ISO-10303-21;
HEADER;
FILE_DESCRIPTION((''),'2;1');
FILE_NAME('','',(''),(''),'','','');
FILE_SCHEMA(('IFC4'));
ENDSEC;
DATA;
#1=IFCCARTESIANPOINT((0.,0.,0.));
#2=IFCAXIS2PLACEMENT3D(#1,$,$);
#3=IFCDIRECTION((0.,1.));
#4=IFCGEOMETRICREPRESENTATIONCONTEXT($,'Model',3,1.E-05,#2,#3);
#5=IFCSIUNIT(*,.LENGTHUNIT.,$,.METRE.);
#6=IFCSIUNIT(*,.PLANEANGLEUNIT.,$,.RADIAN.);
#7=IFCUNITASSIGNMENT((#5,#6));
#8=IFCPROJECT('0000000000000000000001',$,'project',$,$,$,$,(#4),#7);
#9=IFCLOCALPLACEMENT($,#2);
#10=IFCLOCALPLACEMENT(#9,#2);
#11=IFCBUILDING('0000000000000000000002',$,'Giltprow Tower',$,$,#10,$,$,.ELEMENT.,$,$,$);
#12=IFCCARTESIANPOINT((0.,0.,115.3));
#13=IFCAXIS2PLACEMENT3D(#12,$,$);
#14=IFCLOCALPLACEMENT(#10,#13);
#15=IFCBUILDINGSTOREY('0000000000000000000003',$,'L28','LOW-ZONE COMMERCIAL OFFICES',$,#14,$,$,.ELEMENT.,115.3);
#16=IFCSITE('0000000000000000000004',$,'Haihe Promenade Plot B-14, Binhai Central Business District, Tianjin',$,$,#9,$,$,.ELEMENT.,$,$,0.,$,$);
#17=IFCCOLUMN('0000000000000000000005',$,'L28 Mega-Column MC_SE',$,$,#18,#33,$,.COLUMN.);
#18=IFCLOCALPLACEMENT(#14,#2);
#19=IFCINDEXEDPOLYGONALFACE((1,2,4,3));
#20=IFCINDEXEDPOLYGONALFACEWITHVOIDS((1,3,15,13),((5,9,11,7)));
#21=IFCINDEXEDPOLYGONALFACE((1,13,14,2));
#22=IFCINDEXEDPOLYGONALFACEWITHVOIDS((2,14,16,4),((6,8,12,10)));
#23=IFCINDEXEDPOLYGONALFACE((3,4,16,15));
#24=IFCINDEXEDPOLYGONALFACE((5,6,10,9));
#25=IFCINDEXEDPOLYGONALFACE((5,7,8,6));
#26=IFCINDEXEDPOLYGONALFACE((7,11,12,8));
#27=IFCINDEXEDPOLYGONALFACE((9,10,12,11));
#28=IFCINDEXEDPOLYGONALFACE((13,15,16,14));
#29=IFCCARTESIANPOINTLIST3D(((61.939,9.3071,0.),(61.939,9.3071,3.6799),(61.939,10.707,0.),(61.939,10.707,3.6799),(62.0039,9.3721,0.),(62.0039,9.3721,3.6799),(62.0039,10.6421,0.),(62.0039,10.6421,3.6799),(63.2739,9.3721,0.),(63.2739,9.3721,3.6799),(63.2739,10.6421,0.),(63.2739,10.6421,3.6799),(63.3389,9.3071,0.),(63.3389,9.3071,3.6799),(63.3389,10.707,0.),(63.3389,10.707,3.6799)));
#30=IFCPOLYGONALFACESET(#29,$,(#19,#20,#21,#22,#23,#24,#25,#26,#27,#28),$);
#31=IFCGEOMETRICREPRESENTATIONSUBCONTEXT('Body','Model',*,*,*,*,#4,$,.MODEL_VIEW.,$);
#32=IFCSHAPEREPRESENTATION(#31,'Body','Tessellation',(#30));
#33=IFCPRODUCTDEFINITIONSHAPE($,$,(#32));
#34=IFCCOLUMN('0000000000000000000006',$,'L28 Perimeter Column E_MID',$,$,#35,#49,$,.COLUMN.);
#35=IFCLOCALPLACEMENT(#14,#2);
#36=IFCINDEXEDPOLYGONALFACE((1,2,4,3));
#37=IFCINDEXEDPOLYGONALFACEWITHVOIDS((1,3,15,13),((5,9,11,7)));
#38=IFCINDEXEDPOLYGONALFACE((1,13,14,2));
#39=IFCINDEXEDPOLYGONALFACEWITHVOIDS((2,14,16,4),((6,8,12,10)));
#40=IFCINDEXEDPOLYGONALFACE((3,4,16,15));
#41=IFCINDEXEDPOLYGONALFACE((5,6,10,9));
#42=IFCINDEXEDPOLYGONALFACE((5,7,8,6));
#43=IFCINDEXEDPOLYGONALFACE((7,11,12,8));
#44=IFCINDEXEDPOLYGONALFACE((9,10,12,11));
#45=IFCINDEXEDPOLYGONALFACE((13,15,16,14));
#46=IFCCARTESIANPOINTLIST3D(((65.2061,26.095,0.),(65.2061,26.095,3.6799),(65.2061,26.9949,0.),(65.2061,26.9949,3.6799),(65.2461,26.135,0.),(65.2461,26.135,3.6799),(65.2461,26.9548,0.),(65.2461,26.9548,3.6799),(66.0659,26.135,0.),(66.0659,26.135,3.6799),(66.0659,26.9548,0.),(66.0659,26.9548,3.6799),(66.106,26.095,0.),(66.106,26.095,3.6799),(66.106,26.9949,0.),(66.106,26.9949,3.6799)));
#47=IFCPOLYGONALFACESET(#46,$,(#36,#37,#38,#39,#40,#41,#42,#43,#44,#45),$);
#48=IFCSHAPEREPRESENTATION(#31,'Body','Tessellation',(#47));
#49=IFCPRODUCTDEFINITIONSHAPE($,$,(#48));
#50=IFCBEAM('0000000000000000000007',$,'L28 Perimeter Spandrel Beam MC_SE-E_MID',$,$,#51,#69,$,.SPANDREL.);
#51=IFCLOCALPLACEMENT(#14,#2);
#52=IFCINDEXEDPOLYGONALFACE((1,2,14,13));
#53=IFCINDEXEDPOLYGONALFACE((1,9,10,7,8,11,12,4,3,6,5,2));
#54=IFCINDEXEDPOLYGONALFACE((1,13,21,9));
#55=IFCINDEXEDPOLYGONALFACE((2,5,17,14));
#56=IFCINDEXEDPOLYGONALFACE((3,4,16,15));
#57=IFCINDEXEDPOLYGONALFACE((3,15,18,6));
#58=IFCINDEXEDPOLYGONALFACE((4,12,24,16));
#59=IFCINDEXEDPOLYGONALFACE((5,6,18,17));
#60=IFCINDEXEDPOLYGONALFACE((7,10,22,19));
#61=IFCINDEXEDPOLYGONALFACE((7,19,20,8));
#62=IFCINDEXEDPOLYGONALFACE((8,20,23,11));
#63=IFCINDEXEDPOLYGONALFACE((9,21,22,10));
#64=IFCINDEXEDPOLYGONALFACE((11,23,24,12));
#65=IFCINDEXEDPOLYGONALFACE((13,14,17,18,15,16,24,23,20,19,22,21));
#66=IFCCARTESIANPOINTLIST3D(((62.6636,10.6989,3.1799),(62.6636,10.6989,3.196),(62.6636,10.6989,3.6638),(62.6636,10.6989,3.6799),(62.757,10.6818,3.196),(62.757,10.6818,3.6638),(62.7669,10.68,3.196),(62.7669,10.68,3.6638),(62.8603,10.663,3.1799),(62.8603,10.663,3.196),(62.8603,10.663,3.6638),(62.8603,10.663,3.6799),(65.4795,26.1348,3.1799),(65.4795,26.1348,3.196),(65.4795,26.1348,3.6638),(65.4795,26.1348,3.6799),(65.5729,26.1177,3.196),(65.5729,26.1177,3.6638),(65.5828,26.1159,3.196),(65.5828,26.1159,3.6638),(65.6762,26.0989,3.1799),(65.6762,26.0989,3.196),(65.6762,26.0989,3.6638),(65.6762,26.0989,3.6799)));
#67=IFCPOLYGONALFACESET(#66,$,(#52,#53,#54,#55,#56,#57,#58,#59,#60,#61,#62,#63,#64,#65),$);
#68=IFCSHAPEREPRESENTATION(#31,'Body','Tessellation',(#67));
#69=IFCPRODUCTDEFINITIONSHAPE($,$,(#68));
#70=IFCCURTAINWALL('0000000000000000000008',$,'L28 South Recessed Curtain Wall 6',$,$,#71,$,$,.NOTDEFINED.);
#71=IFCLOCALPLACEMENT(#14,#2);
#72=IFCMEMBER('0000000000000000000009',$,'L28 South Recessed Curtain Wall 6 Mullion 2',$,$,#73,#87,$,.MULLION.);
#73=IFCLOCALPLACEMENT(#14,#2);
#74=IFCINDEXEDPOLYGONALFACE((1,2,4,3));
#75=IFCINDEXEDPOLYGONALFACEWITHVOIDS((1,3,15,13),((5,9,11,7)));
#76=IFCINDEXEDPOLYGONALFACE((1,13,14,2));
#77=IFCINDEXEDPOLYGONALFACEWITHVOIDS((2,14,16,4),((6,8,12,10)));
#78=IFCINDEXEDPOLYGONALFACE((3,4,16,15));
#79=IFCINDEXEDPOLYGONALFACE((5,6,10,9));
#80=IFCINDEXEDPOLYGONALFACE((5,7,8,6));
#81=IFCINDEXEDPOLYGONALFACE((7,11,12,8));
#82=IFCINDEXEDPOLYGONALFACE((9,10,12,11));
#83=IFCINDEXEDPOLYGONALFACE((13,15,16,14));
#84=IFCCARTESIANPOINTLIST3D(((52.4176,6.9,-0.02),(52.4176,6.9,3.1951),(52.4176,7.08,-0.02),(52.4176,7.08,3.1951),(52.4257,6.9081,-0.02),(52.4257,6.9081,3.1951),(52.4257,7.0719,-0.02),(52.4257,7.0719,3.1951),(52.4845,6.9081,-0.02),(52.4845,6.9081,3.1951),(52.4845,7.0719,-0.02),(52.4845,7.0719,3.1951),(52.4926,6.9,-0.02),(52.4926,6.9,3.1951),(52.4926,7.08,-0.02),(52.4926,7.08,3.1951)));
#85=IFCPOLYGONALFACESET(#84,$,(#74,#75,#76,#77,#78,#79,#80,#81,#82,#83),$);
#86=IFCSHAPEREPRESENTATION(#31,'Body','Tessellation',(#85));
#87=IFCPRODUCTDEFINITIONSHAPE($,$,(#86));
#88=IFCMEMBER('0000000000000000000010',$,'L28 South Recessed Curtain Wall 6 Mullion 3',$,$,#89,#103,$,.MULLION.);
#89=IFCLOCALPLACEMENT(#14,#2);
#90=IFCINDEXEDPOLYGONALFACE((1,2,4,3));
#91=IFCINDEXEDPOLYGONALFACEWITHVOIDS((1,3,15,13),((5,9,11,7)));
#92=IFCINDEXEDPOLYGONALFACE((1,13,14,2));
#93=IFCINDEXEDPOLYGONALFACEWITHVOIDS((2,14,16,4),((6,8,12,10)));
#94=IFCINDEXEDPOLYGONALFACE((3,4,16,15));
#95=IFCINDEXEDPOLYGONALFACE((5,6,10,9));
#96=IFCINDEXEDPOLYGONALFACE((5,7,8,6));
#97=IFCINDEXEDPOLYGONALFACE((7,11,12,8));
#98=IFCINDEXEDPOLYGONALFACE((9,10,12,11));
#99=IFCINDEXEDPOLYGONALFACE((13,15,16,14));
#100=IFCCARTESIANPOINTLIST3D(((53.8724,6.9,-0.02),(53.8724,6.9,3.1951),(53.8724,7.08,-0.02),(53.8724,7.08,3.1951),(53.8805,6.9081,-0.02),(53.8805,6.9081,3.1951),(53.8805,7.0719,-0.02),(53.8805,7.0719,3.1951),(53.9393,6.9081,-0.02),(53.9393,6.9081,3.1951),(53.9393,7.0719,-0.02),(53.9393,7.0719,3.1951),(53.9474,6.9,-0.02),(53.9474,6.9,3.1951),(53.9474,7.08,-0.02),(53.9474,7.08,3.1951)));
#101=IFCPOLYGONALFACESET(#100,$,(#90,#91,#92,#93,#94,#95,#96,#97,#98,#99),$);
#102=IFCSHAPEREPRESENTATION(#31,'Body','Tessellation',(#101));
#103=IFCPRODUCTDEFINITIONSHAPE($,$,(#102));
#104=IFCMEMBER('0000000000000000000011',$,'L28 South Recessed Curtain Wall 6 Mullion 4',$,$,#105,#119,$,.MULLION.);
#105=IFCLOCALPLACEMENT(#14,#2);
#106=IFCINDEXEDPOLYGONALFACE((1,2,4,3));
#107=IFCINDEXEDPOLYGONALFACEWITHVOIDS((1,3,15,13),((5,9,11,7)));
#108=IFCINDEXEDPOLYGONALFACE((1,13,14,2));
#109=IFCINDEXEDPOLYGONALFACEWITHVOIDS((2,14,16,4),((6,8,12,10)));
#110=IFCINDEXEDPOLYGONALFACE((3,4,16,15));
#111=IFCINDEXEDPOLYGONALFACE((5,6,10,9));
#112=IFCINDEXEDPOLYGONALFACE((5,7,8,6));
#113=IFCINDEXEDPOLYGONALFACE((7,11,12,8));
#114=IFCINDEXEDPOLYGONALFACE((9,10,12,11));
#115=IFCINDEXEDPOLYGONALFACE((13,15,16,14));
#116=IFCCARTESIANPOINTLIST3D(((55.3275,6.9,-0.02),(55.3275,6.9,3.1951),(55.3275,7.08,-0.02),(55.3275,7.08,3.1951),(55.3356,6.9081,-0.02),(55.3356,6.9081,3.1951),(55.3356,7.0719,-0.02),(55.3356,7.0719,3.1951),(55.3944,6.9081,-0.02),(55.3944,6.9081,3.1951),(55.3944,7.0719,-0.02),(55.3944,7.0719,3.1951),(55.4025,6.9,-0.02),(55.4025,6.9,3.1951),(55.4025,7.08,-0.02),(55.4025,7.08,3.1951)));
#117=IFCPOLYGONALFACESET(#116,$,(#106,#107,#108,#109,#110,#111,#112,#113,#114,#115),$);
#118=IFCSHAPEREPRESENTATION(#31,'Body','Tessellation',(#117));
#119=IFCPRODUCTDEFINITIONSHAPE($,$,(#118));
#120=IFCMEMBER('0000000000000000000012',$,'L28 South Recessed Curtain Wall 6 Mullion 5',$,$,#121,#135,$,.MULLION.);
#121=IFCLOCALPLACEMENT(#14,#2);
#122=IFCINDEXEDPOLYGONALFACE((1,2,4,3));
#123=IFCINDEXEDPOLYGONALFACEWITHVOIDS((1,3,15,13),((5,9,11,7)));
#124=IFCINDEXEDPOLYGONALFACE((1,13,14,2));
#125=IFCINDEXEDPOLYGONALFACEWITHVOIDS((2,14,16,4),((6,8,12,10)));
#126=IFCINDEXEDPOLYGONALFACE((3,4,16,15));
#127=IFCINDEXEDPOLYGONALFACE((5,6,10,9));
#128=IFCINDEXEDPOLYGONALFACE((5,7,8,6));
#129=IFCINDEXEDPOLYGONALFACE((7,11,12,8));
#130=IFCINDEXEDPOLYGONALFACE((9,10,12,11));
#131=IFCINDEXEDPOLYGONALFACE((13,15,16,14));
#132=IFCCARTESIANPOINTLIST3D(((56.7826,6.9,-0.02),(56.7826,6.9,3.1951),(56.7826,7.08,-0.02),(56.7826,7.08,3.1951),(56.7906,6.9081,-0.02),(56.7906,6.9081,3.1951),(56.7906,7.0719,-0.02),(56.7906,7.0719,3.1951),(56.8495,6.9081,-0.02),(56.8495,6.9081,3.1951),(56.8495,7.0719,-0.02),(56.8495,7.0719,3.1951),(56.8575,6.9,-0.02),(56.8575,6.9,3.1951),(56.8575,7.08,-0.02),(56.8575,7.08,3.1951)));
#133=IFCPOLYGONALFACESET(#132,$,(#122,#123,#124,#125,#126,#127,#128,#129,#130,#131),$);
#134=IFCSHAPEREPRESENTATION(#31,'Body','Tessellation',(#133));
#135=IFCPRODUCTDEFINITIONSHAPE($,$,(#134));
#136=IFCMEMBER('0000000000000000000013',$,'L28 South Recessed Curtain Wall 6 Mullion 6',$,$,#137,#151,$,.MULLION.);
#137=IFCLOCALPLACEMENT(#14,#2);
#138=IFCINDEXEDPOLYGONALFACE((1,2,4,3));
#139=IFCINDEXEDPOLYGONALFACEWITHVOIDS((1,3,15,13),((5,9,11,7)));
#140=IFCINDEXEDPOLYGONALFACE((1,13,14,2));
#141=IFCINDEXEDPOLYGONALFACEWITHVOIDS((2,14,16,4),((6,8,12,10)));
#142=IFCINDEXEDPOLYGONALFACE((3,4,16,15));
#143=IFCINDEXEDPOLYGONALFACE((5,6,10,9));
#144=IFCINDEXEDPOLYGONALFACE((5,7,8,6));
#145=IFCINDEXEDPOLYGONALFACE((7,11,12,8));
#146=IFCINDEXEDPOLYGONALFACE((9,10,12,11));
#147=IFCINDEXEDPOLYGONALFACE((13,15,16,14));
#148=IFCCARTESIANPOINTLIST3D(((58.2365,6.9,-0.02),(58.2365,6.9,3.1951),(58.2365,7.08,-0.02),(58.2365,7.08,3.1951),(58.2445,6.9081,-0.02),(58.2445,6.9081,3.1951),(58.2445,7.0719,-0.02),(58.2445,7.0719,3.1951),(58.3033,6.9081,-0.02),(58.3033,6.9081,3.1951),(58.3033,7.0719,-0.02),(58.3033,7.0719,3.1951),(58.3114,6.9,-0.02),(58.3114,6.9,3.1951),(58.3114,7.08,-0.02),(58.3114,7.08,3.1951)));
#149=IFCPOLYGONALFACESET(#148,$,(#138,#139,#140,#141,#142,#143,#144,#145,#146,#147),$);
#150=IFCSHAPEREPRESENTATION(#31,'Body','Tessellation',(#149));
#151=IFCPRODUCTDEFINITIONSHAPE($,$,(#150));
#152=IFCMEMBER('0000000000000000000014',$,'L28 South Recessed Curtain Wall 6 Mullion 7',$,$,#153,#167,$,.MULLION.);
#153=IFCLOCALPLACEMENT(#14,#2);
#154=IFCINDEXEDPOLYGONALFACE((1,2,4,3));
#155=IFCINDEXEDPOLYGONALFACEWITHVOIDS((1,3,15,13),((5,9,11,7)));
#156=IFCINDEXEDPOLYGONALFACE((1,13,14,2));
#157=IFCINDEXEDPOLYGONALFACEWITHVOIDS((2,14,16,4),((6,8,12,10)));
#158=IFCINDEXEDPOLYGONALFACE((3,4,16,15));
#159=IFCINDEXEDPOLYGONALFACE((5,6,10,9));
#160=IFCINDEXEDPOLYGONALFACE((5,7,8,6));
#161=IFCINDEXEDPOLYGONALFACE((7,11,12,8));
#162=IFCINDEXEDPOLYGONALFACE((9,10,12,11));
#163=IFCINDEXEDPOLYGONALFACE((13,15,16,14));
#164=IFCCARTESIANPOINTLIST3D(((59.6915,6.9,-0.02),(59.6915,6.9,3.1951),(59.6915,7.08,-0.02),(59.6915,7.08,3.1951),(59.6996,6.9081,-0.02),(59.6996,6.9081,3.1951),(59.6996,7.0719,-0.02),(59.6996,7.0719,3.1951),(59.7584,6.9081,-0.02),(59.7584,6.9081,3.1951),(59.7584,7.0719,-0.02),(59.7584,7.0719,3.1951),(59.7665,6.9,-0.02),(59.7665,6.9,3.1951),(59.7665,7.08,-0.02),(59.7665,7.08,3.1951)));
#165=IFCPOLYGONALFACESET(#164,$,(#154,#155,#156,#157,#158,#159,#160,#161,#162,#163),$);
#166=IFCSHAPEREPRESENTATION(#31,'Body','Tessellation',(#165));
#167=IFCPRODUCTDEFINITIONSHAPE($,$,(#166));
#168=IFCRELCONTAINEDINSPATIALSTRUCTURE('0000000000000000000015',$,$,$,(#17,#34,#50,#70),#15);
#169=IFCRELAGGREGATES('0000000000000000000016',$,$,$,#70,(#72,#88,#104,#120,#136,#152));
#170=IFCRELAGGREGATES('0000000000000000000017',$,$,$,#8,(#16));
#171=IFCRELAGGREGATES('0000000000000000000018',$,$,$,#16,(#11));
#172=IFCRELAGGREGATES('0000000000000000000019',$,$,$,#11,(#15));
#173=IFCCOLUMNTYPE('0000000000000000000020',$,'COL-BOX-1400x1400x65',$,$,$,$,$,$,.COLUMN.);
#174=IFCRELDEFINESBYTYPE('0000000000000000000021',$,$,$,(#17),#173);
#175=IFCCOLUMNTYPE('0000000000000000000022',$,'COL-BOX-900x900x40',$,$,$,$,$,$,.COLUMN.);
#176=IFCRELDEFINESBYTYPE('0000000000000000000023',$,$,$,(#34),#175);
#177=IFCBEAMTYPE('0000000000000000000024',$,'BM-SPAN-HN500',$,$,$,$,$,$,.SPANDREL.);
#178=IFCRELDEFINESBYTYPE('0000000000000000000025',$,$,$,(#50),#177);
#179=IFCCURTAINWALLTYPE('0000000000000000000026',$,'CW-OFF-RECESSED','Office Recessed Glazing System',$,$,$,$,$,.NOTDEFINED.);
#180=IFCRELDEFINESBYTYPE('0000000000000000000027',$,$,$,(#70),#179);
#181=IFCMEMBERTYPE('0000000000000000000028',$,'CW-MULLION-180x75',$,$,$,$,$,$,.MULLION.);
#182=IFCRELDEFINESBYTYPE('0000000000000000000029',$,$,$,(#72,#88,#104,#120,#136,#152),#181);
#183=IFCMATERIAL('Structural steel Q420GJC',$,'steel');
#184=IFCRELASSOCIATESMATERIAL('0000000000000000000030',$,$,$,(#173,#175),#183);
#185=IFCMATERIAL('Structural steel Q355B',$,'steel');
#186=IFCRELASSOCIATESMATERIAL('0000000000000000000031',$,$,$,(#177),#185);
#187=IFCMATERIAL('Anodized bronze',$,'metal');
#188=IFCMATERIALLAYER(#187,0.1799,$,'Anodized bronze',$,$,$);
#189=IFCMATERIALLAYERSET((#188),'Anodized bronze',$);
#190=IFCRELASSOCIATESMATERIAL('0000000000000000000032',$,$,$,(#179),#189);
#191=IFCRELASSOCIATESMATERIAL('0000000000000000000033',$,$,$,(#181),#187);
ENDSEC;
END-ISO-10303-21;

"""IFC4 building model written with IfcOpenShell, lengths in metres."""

from ifc_helpers import new_model, si_unit, direction, frame, origin, origin_2d, place, context, subcontext, project, spatial, hollow_rectangle, i_section, extrude, source, transform, mapped, material, layer, layer_set, material_profile, profile_set, type_object, element, aggregate, save


model = new_model("IFC4")

# Units and contexts
model_context = context("Model", 3, precision=1e-05, world=origin(), true_north=direction((0.0, 1.0)))
body_context = subcontext(model_context, "Body", "Model", "MODEL_VIEW")
ifc_project = project(units=[si_unit("LENGTHUNIT", "METRE"), si_unit("PLANEANGLEUNIT", "RADIAN")], contexts=[model_context])

# Site, building, storey
site_placement = place(None, origin())
site = spatial("IfcSite", under=ifc_project, at=site_placement, Name="Haihe Promenade Plot B-14, Binhai Central Business District, Tianjin", CompositionType="ELEMENT", RefElevation=0.0)
building_placement = place(site_placement, origin())
building = spatial("IfcBuilding", under=site, at=building_placement, Name="Giltprow Tower", CompositionType="ELEMENT")
storey_placement = place(building_placement, frame((0.0, 0.0, 115.3)))
storey = spatial("IfcBuildingStorey", under=building, at=storey_placement, Name="L28", Description="LOW-ZONE COMMERCIAL OFFICES", CompositionType="ELEMENT", Elevation=115.3)

# Columns
ifc_material_1 = material(Name="Structural steel Q420GJC", Category="steel")
ifc_material_profile_1 = material_profile(ifc_material_1, hollow_rectangle(XDim=1.3999, YDim=1.3999, WallThickness=0.0649, at=origin_2d()), Name="BOX 1400x1400x65")
ifc_profile_set_1 = profile_set([ifc_material_profile_1], Name="Structural steel Q420GJC")
column_type_1 = type_object("IfcColumnType", Name="COL-BOX-1400x1400x65", PredefinedType="COLUMN", material=ifc_profile_set_1)
shared_shape_1 = source(origin(), body_context, "Body", "SweptSolid", [
    extrude(hollow_rectangle(XDim=1.3999, YDim=1.3999, WallThickness=0.0649, at=origin_2d()), origin(), (0.0, 0.0, 1.0), 3.6799),
])
column_1_placement = place(storey_placement, frame((62.6389, 10.0071, 0.0), z_axis=(0.0, 0.0, 1.0), x_axis=(1.0, 0.0, 0.0)))
element("IfcColumn", 1, at=column_1_placement, inside=storey, type_object=column_type_1, Name="L28 Mega-Column MC_SE", PredefinedType="COLUMN", context=body_context, shape_type="MappedRepresentation", body=[
    mapped(shared_shape_1, transform((0.0, 0.0, 0.0), x_axis=(1.0, 0.0, 0.0), y_axis=(0.0, 1.0, 0.0), z_axis=(0.0, 0.0, 1.0), scale=1.0)),
])
ifc_material_profile_2 = material_profile(ifc_material_1, hollow_rectangle(XDim=0.8999, YDim=0.8999, WallThickness=0.04, at=origin_2d()), Name="BOX 900x900x40")
ifc_profile_set_2 = profile_set([ifc_material_profile_2], Name="Structural steel Q420GJC")
column_type_2 = type_object("IfcColumnType", Name="COL-BOX-900x900x40", PredefinedType="COLUMN", material=ifc_profile_set_2)
shared_shape_2 = source(origin(), body_context, "Body", "SweptSolid", [
    extrude(hollow_rectangle(XDim=0.8999, YDim=0.8999, WallThickness=0.04, at=origin_2d()), origin(), (0.0, 0.0, 1.0), 3.6799),
])
column_2_placement = place(storey_placement, frame((65.656, 26.5449, 0.0), z_axis=(0.0, 0.0, 1.0), x_axis=(1.0, 0.0, 0.0)))
element("IfcColumn", 2, at=column_2_placement, inside=storey, type_object=column_type_2, Name="L28 Perimeter Column E_MID", PredefinedType="COLUMN", context=body_context, shape_type="MappedRepresentation", body=[
    mapped(shared_shape_2, transform((0.0, 0.0, 0.0), x_axis=(1.0, 0.0, 0.0), y_axis=(0.0, 1.0, 0.0), z_axis=(0.0, 0.0, 1.0), scale=1.0)),
])

# Beam
ifc_material_2 = material(Name="Structural steel Q355B", Category="steel")
ifc_material_profile_3 = material_profile(ifc_material_2, i_section(OverallWidth=0.2, OverallDepth=0.5, WebThickness=0.01, FlangeThickness=0.0161, at=origin_2d()), Name="HN 500x200x10x16")
ifc_profile_set_3 = profile_set([ifc_material_profile_3], Name="Structural steel Q355B")
beam_type = type_object("IfcBeamType", Name="BM-SPAN-HN500", PredefinedType="SPANDREL", material=ifc_profile_set_3)
shared_shape_3 = source(origin(), body_context, "Body", "SweptSolid", [
    extrude(i_section(OverallWidth=0.2, OverallDepth=0.5, WebThickness=0.01, FlangeThickness=0.0161, at=origin_2d()), origin(), (0.0, 0.0, 1.0), 15.6907),
])
beam_placement = place(storey_placement, frame((62.762, 10.6809, 3.4299), z_axis=(0.179463, 0.983765, 0.0), x_axis=(-0.983765, 0.179463, 0.0)))
element("IfcBeam", 3, at=beam_placement, inside=storey, type_object=beam_type, Name="L28 Perimeter Spandrel Beam MC_SE-E_MID", PredefinedType="SPANDREL", context=body_context, shape_type="MappedRepresentation", body=[
    mapped(shared_shape_3, transform((0.0, 0.0, 0.0), x_axis=(1.0, 0.0, 0.0), y_axis=(0.0, 1.0, 0.0), z_axis=(0.0, 0.0, 1.0), scale=1.0)),
])

# Curtain wall, members
ifc_material_3 = material(Name="Anodized bronze", Category="metal")
ifc_layer_1 = layer(ifc_material_3, 0.1799, Name="Anodized bronze")
ifc_layer_set_1 = layer_set([ifc_layer_1], Name="Anodized bronze")
curtain_wall_type = type_object("IfcCurtainWallType", Name="CW-OFF-RECESSED", Description="Office Recessed Glazing System", PredefinedType="NOTDEFINED", material=ifc_layer_set_1)
curtain_wall_placement = place(storey_placement, origin())
curtain_wall = element("IfcCurtainWall", 4, at=curtain_wall_placement, inside=storey, type_object=curtain_wall_type, Name="L28 South Recessed Curtain Wall 6", PredefinedType="NOTDEFINED")
ifc_material_profile_4 = material_profile(ifc_material_3, hollow_rectangle(XDim=0.075, YDim=0.1799, WallThickness=0.0081, at=origin_2d()), Name="RHS 180x75x8")
ifc_profile_set_4 = profile_set([ifc_material_profile_4], Name="Anodized bronze")
member_type = type_object("IfcMemberType", Name="CW-MULLION-180x75", PredefinedType="MULLION", material=ifc_profile_set_4)
shared_shape_4 = source(origin(), body_context, "Body", "SweptSolid", [
    extrude(hollow_rectangle(XDim=0.075, YDim=0.1799, WallThickness=0.0081, at=origin_2d()), origin(), (0.0, 0.0, 1.0), 3.2151),
])
member_1_placement = place(storey_placement, frame((52.4551, 6.99, -0.02), z_axis=(0.0, 0.0, 1.0), x_axis=(1.0, 0.0, 0.0)))
member_1 = element("IfcMember", 5, at=member_1_placement, type_object=member_type, Name="L28 South Recessed Curtain Wall 6 Mullion 2", PredefinedType="MULLION", context=body_context, shape_type="MappedRepresentation", body=[
    mapped(shared_shape_4, transform((0.0, 0.0, 0.0), x_axis=(1.0, 0.0, 0.0), y_axis=(0.0, 1.0, 0.0), z_axis=(0.0, 0.0, 1.0), scale=1.0)),
])
member_2_placement = place(storey_placement, frame((53.9099, 6.99, -0.02), z_axis=(0.0, 0.0, 1.0), x_axis=(1.0, 0.0, 0.0)))
member_2 = element("IfcMember", 6, at=member_2_placement, type_object=member_type, Name="L28 South Recessed Curtain Wall 6 Mullion 3", PredefinedType="MULLION", context=body_context, shape_type="MappedRepresentation", body=[
    mapped(shared_shape_4, transform((0.0, 0.0, 0.0), x_axis=(1.0, 0.0, 0.0), y_axis=(0.0, 1.0, 0.0), z_axis=(0.0, 0.0, 1.0), scale=1.0)),
])
member_3_placement = place(storey_placement, frame((55.365, 6.99, -0.02), z_axis=(0.0, 0.0, 1.0), x_axis=(1.0, 0.0, 0.0)))
member_3 = element("IfcMember", 7, at=member_3_placement, type_object=member_type, Name="L28 South Recessed Curtain Wall 6 Mullion 4", PredefinedType="MULLION", context=body_context, shape_type="MappedRepresentation", body=[
    mapped(shared_shape_4, transform((0.0, 0.0, 0.0), x_axis=(1.0, 0.0, 0.0), y_axis=(0.0, 1.0, 0.0), z_axis=(0.0, 0.0, 1.0), scale=1.0)),
])
member_4_placement = place(storey_placement, frame((56.8201, 6.99, -0.02), z_axis=(0.0, 0.0, 1.0), x_axis=(1.0, 0.0, 0.0)))
member_4 = element("IfcMember", 8, at=member_4_placement, type_object=member_type, Name="L28 South Recessed Curtain Wall 6 Mullion 5", PredefinedType="MULLION", context=body_context, shape_type="MappedRepresentation", body=[
    mapped(shared_shape_4, transform((0.0, 0.0, 0.0), x_axis=(1.0, 0.0, 0.0), y_axis=(0.0, 1.0, 0.0), z_axis=(0.0, 0.0, 1.0), scale=1.0)),
])
member_5_placement = place(storey_placement, frame((58.2739, 6.99, -0.02), z_axis=(0.0, 0.0, 1.0), x_axis=(1.0, 0.0, 0.0)))
member_5 = element("IfcMember", 9, at=member_5_placement, type_object=member_type, Name="L28 South Recessed Curtain Wall 6 Mullion 6", PredefinedType="MULLION", context=body_context, shape_type="MappedRepresentation", body=[
    mapped(shared_shape_4, transform((0.0, 0.0, 0.0), x_axis=(1.0, 0.0, 0.0), y_axis=(0.0, 1.0, 0.0), z_axis=(0.0, 0.0, 1.0), scale=1.0)),
])
member_6_placement = place(storey_placement, frame((59.729, 6.99, -0.02), z_axis=(0.0, 0.0, 1.0), x_axis=(1.0, 0.0, 0.0)))
member_6 = element("IfcMember", 10, at=member_6_placement, type_object=member_type, Name="L28 South Recessed Curtain Wall 6 Mullion 7", PredefinedType="MULLION", context=body_context, shape_type="MappedRepresentation", body=[
    mapped(shared_shape_4, transform((0.0, 0.0, 0.0), x_axis=(1.0, 0.0, 0.0), y_axis=(0.0, 1.0, 0.0), z_axis=(0.0, 0.0, 1.0), scale=1.0)),
])
aggregate(curtain_wall, [member_1, member_2, member_3, member_4, member_5, member_6])

save(model, "model.ifc")
